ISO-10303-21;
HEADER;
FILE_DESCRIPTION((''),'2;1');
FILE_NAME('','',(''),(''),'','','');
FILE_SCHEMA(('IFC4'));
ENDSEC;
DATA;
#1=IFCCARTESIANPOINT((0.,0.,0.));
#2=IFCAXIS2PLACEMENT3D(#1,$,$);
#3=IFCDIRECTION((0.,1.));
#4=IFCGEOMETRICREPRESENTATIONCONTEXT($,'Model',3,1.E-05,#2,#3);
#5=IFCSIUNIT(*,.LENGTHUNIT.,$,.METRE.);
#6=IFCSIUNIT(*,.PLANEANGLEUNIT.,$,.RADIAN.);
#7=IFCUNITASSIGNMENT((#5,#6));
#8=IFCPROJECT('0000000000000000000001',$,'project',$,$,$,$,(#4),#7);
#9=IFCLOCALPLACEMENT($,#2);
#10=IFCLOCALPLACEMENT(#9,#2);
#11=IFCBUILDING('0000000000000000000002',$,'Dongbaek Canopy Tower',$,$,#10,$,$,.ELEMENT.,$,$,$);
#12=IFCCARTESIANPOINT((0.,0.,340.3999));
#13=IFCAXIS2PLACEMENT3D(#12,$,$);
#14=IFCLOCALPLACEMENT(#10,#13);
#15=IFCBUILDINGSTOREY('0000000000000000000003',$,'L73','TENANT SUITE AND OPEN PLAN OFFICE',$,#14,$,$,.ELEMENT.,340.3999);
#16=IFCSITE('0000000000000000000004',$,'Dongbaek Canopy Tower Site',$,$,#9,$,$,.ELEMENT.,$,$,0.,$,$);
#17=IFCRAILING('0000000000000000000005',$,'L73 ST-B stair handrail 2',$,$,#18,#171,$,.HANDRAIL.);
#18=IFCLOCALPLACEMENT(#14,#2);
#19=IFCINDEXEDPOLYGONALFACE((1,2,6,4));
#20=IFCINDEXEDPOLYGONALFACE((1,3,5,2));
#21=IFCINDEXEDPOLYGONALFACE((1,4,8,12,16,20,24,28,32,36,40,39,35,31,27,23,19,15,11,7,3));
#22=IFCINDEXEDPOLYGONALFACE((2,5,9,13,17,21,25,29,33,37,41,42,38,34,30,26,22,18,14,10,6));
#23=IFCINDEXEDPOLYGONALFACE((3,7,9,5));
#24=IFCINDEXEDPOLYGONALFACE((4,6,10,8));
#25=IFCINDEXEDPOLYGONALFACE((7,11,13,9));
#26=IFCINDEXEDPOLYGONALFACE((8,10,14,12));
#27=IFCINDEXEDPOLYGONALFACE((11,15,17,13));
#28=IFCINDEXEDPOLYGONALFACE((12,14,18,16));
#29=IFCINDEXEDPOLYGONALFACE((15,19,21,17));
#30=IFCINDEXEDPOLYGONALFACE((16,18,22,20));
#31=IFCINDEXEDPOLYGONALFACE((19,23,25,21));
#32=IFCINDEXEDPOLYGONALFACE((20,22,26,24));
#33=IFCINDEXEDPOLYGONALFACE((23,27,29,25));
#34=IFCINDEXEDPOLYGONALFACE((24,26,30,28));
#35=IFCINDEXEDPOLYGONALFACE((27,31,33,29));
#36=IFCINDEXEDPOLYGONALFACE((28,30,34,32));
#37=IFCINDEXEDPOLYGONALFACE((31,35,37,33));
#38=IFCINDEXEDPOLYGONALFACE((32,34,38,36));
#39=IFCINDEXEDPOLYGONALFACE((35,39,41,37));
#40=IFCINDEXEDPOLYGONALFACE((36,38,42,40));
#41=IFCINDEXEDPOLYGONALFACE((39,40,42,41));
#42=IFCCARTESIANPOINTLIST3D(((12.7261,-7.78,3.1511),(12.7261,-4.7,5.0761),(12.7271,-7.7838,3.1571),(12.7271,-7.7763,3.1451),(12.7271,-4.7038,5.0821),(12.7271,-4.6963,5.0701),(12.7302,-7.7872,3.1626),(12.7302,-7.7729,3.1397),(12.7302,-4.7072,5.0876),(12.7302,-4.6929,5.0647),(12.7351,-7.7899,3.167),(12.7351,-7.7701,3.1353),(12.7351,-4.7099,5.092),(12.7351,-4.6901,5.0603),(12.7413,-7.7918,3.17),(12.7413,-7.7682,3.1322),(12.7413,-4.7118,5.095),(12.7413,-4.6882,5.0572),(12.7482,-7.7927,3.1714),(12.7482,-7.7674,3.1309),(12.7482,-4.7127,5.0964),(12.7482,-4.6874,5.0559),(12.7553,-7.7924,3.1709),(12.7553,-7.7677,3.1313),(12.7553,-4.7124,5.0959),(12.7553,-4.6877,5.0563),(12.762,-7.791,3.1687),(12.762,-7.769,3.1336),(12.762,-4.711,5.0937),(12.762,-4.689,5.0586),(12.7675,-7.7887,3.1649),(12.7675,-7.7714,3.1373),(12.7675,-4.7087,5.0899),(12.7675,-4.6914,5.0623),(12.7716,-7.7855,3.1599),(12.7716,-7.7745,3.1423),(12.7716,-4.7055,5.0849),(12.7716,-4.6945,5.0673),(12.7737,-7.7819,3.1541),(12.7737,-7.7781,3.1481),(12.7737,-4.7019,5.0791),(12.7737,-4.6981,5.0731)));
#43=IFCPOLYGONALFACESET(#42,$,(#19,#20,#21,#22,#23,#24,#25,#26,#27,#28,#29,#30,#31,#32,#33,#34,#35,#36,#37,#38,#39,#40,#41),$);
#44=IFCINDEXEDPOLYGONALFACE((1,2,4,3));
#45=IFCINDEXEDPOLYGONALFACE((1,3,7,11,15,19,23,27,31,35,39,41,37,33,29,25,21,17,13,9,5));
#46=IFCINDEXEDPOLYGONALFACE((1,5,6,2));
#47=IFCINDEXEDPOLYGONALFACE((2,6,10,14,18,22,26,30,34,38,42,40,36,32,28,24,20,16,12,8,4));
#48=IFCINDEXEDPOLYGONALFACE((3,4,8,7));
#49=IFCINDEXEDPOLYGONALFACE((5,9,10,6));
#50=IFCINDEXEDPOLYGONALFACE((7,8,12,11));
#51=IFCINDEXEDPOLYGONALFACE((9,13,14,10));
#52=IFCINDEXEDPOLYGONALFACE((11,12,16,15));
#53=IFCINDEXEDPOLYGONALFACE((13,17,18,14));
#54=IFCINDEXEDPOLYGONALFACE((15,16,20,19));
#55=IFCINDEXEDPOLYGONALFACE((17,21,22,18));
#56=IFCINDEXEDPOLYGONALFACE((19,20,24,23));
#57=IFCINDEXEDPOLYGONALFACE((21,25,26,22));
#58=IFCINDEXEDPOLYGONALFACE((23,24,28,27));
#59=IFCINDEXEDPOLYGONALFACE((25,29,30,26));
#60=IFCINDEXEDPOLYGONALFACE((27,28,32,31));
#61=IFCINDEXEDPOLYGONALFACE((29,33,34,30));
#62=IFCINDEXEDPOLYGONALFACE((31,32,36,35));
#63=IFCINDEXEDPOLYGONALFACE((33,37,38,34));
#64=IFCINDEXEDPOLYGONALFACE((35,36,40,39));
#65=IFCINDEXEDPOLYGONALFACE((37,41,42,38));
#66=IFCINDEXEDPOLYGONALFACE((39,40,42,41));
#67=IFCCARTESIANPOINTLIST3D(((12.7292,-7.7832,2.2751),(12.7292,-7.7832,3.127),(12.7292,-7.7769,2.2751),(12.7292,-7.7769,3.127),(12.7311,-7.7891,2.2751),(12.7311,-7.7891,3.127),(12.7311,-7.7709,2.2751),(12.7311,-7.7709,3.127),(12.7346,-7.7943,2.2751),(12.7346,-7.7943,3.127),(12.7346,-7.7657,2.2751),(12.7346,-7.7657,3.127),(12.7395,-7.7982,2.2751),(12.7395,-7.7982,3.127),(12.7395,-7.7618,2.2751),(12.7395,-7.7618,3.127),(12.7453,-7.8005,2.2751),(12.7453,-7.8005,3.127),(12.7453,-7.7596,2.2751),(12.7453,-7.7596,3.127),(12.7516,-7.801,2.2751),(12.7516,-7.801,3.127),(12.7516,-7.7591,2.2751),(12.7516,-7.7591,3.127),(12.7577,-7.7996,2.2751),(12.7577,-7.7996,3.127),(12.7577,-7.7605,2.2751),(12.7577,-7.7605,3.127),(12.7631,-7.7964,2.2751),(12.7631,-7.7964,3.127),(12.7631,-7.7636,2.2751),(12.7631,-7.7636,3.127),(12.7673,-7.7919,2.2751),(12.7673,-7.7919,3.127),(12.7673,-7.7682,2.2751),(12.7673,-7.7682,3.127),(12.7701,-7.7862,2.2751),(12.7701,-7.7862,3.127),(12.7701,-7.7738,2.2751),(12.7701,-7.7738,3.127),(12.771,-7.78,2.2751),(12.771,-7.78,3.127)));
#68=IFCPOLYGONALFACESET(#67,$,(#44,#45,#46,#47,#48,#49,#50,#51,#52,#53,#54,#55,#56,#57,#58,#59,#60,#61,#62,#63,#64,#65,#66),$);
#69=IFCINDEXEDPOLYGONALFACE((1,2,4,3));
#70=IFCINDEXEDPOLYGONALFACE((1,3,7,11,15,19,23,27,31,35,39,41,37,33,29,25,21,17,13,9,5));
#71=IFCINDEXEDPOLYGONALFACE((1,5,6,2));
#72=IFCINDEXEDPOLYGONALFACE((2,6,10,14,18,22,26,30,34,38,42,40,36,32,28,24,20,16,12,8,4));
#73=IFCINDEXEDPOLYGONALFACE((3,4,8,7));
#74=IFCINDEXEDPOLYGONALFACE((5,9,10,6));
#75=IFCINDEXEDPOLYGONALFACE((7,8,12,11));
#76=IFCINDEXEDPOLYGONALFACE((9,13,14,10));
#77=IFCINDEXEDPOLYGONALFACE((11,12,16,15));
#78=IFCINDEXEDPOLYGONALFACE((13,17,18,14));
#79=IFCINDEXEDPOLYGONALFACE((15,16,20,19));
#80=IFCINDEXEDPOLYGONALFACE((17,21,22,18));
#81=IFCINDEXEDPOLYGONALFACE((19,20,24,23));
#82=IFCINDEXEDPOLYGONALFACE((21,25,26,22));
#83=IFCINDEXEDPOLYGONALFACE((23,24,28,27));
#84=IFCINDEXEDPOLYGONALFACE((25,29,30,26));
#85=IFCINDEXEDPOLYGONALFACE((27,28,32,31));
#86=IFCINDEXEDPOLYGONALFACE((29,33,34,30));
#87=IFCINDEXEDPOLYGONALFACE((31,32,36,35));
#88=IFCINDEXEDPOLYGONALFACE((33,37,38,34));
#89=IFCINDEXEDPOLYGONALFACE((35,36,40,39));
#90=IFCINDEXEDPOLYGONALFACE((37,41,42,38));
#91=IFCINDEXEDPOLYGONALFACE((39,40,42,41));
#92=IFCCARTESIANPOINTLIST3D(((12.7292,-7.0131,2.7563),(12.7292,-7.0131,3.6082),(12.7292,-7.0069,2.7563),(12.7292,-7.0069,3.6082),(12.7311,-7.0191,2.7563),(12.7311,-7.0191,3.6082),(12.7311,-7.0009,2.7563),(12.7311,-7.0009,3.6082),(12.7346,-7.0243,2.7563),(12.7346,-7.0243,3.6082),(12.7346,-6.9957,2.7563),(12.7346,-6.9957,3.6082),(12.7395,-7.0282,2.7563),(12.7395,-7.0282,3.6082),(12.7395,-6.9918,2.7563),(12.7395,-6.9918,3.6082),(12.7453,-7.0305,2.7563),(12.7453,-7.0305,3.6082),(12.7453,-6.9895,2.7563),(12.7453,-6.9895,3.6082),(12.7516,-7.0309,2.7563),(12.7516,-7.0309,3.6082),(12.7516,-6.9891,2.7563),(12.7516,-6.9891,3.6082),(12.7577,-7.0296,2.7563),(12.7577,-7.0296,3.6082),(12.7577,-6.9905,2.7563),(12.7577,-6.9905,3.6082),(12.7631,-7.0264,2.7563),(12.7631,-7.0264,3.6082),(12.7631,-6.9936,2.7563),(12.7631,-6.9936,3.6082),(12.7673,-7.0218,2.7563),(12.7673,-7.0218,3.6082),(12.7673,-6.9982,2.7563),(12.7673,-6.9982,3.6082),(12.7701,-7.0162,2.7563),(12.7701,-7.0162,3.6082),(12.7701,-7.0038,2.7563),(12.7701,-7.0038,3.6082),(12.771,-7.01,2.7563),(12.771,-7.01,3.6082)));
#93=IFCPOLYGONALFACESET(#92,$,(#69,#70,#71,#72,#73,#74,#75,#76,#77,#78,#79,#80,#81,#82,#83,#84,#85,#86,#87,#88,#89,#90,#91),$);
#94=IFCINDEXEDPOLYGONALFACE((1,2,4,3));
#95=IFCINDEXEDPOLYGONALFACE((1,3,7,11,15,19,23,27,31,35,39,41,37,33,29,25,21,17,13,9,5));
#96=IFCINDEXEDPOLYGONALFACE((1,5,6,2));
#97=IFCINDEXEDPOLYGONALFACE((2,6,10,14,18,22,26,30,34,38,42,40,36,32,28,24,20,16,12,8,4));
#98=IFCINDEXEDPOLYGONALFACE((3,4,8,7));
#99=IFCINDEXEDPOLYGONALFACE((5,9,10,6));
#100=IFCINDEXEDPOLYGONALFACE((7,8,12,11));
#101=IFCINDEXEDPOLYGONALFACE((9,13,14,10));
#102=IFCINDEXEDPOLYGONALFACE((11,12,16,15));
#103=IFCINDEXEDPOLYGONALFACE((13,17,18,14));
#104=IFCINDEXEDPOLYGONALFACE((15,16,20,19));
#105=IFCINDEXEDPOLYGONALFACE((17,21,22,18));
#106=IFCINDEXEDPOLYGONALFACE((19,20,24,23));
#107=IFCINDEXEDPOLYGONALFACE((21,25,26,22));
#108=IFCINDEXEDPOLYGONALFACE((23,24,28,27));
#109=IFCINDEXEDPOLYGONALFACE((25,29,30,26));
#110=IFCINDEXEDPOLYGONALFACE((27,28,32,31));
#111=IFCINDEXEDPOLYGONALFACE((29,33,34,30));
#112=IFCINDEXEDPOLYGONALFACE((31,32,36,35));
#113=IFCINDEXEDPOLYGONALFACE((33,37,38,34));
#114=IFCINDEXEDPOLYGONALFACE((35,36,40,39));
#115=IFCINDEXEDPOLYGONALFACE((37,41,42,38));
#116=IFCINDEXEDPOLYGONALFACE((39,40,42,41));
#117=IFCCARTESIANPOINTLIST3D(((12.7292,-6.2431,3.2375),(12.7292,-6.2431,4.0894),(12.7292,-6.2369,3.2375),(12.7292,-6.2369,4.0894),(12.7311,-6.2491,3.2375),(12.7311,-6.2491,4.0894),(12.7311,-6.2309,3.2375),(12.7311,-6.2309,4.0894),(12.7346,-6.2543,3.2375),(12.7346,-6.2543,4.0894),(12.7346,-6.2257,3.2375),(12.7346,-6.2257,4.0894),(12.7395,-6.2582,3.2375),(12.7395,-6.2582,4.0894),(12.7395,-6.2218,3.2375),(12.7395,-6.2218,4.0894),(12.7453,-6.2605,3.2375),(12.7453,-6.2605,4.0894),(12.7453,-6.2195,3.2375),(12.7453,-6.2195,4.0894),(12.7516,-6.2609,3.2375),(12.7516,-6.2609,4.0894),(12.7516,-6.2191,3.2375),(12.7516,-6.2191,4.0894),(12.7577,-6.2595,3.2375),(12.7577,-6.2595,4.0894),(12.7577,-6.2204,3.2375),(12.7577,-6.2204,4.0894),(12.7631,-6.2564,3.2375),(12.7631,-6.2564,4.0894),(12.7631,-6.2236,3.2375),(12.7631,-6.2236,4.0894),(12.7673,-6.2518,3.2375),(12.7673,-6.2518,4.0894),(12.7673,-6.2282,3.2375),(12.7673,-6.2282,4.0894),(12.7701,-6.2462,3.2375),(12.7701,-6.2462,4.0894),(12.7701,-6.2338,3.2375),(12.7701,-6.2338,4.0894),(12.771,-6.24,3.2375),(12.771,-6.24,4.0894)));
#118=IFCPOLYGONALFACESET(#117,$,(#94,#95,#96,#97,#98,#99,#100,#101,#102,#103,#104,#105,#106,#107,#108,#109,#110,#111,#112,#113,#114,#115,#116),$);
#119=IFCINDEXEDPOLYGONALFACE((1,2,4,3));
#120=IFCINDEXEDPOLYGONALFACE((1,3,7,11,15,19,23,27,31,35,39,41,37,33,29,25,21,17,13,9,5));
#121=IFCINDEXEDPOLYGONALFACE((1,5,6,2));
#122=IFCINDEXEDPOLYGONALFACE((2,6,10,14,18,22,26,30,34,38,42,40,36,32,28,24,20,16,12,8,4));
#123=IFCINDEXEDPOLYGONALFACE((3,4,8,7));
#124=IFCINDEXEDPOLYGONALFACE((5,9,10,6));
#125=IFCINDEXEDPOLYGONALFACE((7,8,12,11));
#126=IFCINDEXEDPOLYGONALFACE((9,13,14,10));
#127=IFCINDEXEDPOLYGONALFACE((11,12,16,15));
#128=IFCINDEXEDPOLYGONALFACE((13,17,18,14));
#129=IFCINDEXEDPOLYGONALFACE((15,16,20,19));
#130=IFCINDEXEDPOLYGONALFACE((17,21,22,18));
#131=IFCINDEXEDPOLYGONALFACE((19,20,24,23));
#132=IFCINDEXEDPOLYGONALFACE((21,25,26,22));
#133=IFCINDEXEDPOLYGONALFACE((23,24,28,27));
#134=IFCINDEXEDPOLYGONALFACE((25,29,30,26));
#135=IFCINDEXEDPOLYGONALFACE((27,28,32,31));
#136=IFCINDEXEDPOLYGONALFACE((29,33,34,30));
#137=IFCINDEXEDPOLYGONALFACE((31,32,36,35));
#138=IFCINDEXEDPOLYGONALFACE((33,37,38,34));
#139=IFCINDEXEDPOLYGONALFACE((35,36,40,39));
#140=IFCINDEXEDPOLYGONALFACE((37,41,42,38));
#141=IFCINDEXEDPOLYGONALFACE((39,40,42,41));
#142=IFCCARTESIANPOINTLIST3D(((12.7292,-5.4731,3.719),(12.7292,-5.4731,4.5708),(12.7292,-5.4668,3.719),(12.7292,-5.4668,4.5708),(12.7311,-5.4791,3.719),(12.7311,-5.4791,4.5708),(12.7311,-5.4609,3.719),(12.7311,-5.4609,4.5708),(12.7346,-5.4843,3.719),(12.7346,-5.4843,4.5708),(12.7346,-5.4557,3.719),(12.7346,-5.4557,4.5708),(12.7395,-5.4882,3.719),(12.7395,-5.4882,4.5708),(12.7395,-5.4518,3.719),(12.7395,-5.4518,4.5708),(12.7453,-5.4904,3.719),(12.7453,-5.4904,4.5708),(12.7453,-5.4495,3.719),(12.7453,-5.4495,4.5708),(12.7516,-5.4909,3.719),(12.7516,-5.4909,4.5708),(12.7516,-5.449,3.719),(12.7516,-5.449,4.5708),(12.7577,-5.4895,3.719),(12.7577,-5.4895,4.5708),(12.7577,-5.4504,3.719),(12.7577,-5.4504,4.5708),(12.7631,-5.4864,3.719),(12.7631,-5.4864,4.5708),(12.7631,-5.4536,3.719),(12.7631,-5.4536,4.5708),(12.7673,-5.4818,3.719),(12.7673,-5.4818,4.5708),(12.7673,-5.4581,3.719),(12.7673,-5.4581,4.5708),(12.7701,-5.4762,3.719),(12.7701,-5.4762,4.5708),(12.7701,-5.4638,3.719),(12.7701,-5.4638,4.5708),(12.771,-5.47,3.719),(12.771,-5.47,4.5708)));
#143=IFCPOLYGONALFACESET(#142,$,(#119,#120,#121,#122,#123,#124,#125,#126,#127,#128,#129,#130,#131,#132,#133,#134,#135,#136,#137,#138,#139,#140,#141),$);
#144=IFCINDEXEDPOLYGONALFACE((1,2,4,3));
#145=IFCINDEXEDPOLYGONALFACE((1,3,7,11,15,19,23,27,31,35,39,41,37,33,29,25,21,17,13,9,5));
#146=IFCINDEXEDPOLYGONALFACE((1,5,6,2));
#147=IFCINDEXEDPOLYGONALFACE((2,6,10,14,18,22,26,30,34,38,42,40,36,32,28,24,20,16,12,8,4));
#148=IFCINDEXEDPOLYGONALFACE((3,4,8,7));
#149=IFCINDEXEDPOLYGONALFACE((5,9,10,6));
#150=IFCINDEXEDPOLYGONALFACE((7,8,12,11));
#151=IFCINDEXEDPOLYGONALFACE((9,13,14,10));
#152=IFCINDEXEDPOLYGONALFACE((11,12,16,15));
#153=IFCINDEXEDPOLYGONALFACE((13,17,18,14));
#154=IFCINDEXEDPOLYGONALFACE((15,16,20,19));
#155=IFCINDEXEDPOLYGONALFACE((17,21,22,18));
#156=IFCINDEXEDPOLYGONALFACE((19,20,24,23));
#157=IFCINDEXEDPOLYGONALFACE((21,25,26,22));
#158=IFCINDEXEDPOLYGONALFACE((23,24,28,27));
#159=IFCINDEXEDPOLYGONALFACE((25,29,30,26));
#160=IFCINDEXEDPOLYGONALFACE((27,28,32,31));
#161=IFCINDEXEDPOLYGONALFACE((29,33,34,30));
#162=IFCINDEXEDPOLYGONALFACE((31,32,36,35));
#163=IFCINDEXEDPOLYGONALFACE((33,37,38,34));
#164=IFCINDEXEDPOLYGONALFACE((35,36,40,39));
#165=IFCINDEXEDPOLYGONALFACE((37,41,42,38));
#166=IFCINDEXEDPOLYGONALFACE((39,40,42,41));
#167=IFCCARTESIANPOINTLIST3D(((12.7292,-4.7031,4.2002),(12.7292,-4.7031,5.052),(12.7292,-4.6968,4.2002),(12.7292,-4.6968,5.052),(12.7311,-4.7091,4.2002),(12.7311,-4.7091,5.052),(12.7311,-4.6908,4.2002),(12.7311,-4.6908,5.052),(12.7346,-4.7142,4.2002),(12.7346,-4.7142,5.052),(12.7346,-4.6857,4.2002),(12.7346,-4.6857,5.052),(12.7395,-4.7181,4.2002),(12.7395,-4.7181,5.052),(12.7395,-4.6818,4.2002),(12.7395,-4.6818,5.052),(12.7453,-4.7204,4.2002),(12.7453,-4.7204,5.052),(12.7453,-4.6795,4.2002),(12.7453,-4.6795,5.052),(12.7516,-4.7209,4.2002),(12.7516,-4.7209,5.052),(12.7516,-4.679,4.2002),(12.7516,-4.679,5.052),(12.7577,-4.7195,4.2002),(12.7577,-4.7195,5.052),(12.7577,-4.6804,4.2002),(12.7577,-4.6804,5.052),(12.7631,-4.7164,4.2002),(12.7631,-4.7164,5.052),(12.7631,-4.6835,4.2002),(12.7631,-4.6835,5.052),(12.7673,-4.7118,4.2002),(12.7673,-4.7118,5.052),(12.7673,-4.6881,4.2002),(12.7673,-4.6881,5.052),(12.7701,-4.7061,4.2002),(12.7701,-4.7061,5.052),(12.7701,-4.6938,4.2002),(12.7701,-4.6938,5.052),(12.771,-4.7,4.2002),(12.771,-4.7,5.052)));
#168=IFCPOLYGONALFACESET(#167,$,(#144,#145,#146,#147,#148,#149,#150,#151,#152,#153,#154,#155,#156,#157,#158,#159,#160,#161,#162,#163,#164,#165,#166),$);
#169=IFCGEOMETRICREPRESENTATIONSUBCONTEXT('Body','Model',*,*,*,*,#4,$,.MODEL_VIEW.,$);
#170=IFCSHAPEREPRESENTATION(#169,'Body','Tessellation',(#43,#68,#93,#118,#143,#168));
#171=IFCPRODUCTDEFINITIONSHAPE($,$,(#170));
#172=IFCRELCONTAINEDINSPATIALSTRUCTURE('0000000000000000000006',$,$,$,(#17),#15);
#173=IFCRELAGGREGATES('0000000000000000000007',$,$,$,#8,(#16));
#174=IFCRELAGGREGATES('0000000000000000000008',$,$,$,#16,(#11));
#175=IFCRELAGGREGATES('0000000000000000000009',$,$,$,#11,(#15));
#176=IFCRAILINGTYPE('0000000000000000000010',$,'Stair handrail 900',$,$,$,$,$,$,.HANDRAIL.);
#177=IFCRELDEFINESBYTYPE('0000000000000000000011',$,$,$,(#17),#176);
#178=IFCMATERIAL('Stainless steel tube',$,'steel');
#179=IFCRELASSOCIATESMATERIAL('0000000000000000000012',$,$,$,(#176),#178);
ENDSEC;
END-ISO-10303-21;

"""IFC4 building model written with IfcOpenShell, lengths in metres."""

from ifc_helpers import new_model, si_unit, direction, frame, origin, origin_2d, place, context, subcontext, project, spatial, circle, extrude, material, type_object, element, save


model = new_model("IFC4")

# Units and contexts
model_context = context("Model", 3, precision=1e-05, world=origin(), true_north=direction((0.0, 1.0)))
body_context = subcontext(model_context, "Body", "Model", "MODEL_VIEW")
ifc_project = project(units=[si_unit("LENGTHUNIT", "METRE"), si_unit("PLANEANGLEUNIT", "RADIAN")], contexts=[model_context])

# Site, building, storey
site_placement = place(None, origin())
site = spatial("IfcSite", under=ifc_project, at=site_placement, Name="Dongbaek Canopy Tower Site", CompositionType="ELEMENT", RefElevation=0.0)
building_placement = place(site_placement, origin())
building = spatial("IfcBuilding", under=site, at=building_placement, Name="Dongbaek Canopy Tower", CompositionType="ELEMENT")
storey_placement = place(building_placement, frame((0.0, 0.0, 340.3999)))
storey = spatial("IfcBuildingStorey", under=building, at=storey_placement, Name="L73", Description="TENANT SUITE AND OPEN PLAN OFFICE", CompositionType="ELEMENT", Elevation=340.3999)

# Railing
ifc_material_1 = material(Name="Stainless steel tube", Category="steel")
railing_type_1 = type_object("IfcRailingType", Name="Stair handrail 900", PredefinedType="HANDRAIL", material=ifc_material_1)
railing_1_placement = place(storey_placement, frame((12.75, -7.78, 2.2751)))
element("IfcRailing", 1, at=railing_1_placement, inside=storey, type_object=railing_type_1, Name="L73 ST-B stair handrail 2", PredefinedType="HANDRAIL", context=body_context, shape_type="SweptSolid", body=[
    extrude(circle(Radius=0.0239, at=origin_2d()), frame((0.0, 0.0, 0.876), z_axis=(0.0, 0.847998, 0.529999), x_axis=(-1.0, 0.0, 0.0)), (0.0, 0.0, 1.0), 3.6321),
    extrude(circle(Radius=0.021, at=origin_2d()), origin(), (0.0, 0.0, 1.0), 0.8518),
    extrude(circle(Radius=0.021, at=origin_2d()), frame((0.0, 0.77, 0.4812)), (0.0, 0.0, 1.0), 0.8518),
    extrude(circle(Radius=0.021, at=origin_2d()), frame((0.0, 1.54, 0.9624)), (0.0, 0.0, 1.0), 0.8518),
    extrude(circle(Radius=0.021, at=origin_2d()), frame((0.0, 2.3101, 1.4438)), (0.0, 0.0, 1.0), 0.8518),
    extrude(circle(Radius=0.021, at=origin_2d()), frame((0.0, 3.0801, 1.925)), (0.0, 0.0, 1.0), 0.8518),
])

save(model, "model.ifc")
